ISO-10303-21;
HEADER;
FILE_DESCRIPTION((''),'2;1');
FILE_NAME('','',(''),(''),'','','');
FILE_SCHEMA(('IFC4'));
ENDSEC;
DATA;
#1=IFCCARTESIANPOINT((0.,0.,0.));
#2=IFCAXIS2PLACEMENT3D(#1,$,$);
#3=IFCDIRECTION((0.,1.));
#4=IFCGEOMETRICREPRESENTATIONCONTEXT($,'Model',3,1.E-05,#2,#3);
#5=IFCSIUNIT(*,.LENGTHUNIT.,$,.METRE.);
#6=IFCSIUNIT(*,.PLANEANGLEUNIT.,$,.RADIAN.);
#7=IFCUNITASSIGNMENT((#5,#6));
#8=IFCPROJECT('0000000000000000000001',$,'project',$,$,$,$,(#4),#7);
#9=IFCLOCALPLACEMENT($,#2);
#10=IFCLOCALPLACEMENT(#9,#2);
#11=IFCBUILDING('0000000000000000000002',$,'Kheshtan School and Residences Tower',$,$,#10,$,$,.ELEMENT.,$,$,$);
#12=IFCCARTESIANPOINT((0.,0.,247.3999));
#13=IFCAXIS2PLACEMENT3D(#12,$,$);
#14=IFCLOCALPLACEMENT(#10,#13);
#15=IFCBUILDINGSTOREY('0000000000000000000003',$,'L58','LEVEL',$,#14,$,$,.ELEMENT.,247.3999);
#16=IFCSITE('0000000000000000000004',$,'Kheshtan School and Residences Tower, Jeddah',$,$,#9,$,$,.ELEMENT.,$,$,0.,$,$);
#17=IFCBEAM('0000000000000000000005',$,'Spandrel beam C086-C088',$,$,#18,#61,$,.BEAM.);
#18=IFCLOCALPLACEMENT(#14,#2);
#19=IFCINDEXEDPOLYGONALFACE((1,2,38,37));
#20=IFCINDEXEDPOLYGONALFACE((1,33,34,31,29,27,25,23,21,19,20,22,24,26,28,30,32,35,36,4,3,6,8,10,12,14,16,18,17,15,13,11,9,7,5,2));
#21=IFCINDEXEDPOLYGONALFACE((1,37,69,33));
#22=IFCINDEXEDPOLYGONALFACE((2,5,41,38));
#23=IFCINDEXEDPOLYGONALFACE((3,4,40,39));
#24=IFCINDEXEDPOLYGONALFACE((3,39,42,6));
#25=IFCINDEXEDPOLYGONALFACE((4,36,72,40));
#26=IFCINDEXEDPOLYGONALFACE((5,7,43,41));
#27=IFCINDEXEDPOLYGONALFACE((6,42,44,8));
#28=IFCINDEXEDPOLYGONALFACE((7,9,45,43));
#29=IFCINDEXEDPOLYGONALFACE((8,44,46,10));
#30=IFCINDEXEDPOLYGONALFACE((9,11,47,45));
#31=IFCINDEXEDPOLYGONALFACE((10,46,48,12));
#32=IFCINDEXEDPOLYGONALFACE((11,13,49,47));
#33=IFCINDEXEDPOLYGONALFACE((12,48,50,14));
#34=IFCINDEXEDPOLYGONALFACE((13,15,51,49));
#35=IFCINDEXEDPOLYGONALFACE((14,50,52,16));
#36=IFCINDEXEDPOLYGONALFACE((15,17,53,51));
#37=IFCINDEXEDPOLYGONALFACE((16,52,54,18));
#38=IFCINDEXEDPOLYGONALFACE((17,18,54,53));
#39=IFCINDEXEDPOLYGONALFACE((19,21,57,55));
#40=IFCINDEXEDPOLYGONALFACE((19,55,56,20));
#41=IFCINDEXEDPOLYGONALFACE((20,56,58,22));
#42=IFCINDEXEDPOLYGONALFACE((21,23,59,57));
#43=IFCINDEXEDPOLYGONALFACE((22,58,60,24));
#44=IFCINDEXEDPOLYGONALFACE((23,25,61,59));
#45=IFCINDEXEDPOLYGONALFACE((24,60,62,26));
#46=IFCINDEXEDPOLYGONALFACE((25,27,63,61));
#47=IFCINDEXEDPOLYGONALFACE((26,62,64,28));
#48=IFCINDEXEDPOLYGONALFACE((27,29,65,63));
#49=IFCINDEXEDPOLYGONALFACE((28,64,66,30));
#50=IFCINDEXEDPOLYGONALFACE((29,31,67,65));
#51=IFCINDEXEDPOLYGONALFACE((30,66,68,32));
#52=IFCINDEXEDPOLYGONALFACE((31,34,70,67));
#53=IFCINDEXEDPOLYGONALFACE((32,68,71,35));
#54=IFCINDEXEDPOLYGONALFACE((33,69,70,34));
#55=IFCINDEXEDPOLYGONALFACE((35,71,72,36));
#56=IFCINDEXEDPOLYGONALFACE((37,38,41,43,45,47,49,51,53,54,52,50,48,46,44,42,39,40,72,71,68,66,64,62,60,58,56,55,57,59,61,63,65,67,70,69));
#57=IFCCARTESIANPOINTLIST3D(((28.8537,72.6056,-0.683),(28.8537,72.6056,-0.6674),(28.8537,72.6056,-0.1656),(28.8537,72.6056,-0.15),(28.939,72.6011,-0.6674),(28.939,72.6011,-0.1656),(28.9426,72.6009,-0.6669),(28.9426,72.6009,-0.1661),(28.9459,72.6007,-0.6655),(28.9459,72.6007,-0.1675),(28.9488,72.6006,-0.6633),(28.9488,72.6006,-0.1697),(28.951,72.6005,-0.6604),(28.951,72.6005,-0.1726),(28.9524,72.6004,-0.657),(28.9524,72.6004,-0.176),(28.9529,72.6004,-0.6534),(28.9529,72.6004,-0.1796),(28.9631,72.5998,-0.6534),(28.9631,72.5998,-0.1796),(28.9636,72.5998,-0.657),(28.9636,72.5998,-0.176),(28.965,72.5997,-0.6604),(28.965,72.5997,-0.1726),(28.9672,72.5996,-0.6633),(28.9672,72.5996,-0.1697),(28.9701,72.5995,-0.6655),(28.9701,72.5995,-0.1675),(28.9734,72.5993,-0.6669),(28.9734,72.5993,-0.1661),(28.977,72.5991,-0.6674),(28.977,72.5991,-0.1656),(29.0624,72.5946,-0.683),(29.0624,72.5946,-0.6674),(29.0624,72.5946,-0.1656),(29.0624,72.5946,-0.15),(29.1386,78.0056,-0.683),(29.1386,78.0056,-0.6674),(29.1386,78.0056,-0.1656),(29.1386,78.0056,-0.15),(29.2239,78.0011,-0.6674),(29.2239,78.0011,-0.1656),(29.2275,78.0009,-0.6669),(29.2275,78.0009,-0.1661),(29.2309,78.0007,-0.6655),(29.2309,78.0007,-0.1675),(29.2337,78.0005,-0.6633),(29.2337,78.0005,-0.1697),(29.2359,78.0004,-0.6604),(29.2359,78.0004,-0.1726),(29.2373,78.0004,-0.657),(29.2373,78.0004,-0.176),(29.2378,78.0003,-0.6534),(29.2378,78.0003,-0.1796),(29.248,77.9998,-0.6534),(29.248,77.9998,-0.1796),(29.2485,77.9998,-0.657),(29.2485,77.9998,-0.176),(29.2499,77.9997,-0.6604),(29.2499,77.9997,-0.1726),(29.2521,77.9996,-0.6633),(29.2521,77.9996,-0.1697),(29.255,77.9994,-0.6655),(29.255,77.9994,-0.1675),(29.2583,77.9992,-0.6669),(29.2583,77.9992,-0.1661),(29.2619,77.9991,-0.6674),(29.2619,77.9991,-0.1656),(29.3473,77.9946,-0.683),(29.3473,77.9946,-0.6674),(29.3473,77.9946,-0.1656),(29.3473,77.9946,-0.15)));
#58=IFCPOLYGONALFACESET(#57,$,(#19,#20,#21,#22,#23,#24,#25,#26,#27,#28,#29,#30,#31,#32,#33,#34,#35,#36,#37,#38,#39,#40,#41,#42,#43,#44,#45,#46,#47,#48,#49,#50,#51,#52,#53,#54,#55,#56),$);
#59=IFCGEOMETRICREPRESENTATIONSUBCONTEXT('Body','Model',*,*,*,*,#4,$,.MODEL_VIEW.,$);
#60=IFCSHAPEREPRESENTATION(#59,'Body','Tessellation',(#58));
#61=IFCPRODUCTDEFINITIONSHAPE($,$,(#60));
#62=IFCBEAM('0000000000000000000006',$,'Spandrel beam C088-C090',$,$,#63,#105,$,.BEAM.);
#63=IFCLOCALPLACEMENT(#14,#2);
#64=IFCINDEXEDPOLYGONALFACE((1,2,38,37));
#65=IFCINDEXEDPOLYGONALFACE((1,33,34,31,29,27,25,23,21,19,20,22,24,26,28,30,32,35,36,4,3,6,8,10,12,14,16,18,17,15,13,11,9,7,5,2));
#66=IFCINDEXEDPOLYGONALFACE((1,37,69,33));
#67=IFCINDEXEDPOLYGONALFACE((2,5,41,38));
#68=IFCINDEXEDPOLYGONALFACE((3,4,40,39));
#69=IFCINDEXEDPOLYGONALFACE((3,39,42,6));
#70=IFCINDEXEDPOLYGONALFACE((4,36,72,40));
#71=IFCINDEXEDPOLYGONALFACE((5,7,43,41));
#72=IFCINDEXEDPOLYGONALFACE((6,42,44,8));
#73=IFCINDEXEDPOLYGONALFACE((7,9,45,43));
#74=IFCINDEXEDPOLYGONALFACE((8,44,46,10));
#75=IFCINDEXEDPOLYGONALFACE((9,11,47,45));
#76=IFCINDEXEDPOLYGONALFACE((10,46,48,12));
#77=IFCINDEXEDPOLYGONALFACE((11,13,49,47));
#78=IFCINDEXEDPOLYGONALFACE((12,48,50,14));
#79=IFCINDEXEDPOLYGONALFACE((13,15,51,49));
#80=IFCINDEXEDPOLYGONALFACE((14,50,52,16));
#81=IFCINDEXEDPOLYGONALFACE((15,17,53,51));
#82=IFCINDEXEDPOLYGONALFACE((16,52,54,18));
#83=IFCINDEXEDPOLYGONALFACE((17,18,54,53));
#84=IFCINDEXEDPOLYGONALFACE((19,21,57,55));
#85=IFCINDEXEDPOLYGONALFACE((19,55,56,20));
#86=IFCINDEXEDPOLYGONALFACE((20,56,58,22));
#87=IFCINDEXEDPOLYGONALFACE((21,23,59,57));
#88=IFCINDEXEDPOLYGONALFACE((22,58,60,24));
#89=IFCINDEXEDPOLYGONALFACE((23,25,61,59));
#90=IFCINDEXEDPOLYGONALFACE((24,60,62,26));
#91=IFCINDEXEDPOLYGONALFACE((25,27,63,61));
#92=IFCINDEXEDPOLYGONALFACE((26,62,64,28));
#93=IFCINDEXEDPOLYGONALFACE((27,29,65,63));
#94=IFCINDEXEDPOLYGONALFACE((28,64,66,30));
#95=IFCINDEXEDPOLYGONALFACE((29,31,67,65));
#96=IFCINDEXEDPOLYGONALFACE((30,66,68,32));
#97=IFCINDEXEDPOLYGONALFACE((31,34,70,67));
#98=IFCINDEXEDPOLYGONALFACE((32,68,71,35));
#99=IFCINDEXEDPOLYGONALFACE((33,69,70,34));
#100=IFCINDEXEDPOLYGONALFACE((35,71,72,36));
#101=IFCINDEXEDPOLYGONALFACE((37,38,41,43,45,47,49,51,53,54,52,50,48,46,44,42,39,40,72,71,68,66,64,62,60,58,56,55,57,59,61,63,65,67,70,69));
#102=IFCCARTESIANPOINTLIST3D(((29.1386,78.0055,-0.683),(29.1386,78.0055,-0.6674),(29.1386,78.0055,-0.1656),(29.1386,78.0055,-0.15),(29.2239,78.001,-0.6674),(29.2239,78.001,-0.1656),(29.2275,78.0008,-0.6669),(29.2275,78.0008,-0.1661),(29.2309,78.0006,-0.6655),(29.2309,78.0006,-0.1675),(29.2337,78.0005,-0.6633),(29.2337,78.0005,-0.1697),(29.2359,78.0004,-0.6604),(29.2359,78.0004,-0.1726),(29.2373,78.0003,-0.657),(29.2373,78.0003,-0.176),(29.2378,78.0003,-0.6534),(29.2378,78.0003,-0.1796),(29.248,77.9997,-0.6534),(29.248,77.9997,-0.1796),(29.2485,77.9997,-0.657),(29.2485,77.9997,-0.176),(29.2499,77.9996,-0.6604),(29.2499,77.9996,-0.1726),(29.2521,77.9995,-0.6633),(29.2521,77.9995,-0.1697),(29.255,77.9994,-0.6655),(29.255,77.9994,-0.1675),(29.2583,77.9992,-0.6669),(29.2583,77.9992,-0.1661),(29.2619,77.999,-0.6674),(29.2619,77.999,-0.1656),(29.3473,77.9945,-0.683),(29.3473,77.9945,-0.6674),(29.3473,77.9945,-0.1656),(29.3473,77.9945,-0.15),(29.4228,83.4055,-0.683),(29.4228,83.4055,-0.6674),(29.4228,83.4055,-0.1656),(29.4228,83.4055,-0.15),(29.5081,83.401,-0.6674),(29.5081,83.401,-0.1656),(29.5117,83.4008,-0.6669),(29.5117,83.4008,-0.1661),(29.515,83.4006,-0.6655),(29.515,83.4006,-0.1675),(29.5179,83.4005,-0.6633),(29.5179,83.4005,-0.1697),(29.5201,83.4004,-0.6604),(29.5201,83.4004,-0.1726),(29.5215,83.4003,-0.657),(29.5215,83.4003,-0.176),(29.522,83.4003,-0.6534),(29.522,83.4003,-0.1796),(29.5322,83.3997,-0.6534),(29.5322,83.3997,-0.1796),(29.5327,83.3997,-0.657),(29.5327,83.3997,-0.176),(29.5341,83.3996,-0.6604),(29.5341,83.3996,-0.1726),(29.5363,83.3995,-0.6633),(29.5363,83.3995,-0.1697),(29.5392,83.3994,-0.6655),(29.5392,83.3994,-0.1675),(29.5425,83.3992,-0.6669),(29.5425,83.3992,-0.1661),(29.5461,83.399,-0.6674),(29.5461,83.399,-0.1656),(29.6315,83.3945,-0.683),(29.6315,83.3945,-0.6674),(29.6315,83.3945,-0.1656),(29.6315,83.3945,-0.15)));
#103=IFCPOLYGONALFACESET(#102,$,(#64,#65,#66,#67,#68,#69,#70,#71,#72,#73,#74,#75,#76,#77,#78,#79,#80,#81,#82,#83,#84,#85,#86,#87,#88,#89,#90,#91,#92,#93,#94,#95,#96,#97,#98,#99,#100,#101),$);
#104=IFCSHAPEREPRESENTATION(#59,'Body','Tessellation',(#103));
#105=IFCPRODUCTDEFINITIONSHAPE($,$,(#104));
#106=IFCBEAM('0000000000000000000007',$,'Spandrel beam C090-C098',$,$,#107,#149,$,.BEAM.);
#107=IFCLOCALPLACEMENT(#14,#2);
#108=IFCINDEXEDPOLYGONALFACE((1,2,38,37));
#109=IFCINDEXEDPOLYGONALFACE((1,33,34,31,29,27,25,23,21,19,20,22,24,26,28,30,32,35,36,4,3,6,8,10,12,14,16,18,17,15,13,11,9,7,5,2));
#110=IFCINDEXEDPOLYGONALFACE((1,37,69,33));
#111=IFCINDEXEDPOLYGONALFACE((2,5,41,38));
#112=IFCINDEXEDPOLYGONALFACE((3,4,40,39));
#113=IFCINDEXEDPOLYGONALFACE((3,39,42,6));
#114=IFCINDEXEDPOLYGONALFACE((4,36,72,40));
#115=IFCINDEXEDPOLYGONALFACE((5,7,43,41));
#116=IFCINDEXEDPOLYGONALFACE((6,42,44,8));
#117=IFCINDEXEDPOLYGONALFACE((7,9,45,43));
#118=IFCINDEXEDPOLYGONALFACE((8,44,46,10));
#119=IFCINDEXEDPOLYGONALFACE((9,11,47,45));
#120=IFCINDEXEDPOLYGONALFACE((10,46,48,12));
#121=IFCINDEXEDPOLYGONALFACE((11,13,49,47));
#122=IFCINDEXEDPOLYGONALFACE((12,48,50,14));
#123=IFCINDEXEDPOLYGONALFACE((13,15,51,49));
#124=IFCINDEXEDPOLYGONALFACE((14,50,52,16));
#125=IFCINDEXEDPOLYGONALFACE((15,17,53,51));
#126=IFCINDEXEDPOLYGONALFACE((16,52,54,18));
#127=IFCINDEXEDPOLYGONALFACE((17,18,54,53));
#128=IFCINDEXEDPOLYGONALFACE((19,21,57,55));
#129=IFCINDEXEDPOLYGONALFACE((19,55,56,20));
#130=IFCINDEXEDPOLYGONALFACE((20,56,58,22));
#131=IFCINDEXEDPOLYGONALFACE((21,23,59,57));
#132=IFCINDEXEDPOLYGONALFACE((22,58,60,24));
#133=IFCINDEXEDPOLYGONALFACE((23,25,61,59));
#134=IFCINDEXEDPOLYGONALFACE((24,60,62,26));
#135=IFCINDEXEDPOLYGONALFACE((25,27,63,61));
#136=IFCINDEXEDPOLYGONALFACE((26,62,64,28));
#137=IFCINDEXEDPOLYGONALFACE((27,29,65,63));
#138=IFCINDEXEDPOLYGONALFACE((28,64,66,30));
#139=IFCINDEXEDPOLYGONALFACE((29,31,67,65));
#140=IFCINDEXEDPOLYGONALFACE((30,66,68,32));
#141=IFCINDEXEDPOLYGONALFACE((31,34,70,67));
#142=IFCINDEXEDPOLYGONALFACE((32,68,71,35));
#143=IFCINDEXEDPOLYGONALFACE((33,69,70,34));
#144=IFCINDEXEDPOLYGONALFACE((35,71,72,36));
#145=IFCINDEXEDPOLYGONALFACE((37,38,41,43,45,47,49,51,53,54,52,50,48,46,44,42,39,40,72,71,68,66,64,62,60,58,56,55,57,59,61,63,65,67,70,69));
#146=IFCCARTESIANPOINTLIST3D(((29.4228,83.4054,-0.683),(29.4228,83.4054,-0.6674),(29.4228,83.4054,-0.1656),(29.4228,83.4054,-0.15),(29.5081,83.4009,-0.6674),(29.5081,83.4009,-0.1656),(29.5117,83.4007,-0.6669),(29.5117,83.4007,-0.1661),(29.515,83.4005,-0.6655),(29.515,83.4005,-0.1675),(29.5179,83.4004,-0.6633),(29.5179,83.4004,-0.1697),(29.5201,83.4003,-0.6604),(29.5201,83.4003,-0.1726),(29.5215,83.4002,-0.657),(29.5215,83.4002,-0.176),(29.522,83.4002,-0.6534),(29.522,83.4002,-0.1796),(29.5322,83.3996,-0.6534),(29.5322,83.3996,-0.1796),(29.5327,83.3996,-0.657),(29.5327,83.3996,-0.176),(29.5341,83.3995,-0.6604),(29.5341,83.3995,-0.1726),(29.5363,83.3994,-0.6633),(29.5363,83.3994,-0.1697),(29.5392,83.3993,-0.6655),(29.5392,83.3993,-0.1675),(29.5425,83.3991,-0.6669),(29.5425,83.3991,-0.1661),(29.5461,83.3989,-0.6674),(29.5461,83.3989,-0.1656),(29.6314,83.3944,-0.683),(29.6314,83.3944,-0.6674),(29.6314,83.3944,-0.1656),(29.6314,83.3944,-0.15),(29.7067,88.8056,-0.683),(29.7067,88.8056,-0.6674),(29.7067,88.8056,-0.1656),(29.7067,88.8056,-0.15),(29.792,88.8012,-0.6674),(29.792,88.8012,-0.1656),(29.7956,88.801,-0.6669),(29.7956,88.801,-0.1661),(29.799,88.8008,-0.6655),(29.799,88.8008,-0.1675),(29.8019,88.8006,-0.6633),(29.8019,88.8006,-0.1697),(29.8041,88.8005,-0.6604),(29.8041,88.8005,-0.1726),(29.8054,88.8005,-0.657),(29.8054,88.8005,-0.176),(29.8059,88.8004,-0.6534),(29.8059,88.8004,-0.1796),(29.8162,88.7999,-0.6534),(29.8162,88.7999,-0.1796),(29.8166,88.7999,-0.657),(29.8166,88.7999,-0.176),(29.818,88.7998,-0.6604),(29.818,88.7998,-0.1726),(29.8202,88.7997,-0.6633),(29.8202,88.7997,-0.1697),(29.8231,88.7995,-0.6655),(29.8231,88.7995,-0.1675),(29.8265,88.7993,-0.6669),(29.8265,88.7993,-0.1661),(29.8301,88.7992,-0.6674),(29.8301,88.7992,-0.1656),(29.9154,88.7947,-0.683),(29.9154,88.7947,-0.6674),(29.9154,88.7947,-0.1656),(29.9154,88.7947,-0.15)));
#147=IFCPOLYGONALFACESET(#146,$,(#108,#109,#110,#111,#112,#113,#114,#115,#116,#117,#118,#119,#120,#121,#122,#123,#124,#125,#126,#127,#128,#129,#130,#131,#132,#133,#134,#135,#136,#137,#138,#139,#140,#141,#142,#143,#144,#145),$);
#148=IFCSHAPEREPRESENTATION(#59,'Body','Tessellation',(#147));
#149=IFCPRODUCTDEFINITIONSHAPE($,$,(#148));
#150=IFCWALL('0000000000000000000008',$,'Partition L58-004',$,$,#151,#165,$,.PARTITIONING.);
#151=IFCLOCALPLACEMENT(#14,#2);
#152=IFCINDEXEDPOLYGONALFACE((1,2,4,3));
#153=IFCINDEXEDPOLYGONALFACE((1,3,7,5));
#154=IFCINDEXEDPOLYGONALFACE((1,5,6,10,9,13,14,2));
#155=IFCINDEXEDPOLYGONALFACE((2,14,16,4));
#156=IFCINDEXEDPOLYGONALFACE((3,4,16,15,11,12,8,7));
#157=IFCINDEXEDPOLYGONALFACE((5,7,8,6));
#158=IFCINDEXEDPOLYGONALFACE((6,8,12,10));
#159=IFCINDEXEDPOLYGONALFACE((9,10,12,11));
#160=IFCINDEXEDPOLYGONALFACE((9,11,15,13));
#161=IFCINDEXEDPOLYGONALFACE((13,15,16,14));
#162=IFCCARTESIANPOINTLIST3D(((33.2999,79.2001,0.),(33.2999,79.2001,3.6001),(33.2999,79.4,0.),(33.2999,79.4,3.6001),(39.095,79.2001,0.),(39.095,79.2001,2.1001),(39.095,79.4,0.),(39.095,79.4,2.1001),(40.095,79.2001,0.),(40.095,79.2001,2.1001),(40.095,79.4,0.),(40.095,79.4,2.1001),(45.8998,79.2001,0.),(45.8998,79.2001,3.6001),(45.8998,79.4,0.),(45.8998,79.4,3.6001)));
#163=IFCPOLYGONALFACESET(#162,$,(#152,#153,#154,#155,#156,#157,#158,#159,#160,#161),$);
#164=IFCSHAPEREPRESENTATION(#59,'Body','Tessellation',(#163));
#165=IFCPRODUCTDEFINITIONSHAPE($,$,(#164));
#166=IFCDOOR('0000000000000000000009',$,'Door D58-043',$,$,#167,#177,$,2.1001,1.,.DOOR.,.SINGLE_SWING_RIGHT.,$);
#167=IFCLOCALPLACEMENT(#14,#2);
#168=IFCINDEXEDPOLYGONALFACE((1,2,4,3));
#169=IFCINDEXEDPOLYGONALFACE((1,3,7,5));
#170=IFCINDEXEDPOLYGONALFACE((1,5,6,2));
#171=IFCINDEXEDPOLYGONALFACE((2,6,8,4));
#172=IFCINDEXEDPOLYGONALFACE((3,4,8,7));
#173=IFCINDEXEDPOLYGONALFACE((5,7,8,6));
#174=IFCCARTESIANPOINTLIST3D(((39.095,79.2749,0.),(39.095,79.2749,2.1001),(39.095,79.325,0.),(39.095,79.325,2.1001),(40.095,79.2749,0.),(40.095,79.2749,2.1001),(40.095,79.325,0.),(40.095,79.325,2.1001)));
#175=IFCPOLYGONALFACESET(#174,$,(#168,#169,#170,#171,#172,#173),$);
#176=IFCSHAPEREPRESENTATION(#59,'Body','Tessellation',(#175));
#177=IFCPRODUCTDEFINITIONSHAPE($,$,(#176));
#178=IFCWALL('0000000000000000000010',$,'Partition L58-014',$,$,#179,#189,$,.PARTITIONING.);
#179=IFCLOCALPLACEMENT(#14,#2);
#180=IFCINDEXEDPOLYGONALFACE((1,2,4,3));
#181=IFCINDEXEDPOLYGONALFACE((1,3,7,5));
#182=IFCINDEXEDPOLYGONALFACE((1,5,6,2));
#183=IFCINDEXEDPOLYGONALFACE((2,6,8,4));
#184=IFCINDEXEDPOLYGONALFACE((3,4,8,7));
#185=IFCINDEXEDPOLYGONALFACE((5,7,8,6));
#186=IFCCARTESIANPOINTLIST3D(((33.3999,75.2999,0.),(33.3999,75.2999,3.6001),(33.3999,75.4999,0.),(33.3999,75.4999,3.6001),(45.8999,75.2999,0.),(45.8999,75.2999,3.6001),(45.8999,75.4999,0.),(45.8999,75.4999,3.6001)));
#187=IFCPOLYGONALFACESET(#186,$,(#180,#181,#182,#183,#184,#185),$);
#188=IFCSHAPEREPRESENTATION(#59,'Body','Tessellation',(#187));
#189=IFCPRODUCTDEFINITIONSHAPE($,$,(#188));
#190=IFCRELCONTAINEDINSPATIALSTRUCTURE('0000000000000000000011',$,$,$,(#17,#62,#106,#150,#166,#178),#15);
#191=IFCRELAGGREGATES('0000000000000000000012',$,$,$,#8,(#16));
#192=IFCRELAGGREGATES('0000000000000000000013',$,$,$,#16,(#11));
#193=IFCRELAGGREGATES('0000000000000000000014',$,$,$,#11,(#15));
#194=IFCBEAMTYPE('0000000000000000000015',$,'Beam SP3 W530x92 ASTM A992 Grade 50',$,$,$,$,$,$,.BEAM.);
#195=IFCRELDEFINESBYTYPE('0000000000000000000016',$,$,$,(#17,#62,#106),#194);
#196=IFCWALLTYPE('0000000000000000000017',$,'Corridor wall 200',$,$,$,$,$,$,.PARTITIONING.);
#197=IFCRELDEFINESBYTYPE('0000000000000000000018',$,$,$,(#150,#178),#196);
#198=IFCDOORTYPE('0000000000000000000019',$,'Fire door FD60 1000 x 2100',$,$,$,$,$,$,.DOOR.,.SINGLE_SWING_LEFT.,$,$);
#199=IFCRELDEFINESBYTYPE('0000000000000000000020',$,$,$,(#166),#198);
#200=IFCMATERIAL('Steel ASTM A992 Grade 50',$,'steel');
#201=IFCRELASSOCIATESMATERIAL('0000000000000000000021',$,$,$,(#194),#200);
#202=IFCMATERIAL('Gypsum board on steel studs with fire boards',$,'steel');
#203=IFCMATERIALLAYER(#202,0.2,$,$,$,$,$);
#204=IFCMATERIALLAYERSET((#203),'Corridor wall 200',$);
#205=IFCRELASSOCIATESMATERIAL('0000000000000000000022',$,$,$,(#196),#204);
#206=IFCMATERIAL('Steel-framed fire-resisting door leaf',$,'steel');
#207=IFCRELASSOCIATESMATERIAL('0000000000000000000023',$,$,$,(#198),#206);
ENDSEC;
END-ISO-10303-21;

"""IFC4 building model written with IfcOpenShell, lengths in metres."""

from ifc_helpers import new_model, si_unit, direction, frame, frame_2d, origin, origin_2d, place, context, subcontext, project, spatial, rectangle, i_section, extrude, source, transform, mapped, material, layer, layer_set, material_profile, profile_set, type_object, element, fill, save


model = new_model("IFC4")

# Units and contexts
model_context = context("Model", 3, precision=1e-05, world=origin(), true_north=direction((0.0, 1.0)))
body_context = subcontext(model_context, "Body", "Model", "MODEL_VIEW")
ifc_project = project(units=[si_unit("LENGTHUNIT", "METRE"), si_unit("PLANEANGLEUNIT", "RADIAN")], contexts=[model_context])

# Site, building, storey
site_placement = place(None, origin())
site = spatial("IfcSite", under=ifc_project, at=site_placement, Name="Kheshtan School and Residences Tower, Jeddah", CompositionType="ELEMENT", RefElevation=0.0)
building_placement = place(site_placement, origin())
building = spatial("IfcBuilding", under=site, at=building_placement, Name="Kheshtan School and Residences Tower", CompositionType="ELEMENT")
storey_placement = place(building_placement, frame((0.0, 0.0, 247.3999)))
storey = spatial("IfcBuildingStorey", under=building, at=storey_placement, Name="L58", Description="LEVEL", CompositionType="ELEMENT", Elevation=247.3999)

# Shared definitions
ifc_material_1 = material(Name="Steel ASTM A992 Grade 50", Category="steel")

# Beams
ifc_material_profile_1 = material_profile(ifc_material_1, i_section(OverallWidth=0.209, OverallDepth=0.533, WebThickness=0.0103, FlangeThickness=0.0156, FilletRadius=0.0139, at=origin_2d()), Name="W530x92")
ifc_profile_set_1 = profile_set([ifc_material_profile_1], Name="Steel ASTM A992 Grade 50")
beam_type_1 = type_object("IfcBeamType", Name="Beam SP3 W530x92 ASTM A992 Grade 50", PredefinedType="BEAM", material=ifc_profile_set_1)
for number, where, z_axis, x_axis, name in (
    (1, (28.958, 72.6001, -0.4165), (0.052689, 0.998611, 0.0), (-0.998611, 0.052689, 0.0), "Spandrel beam C086-C088"),
    (2, (29.2429, 78.0, -0.4165), (0.052554, 0.998618, 0.0), (-0.998618, 0.052554, 0.0), "Spandrel beam C088-C090"),
):
    element("IfcBeam", number, at=place(storey_placement, frame(where, z_axis=z_axis, x_axis=x_axis)), inside=storey, type_object=beam_type_1, Name=name, PredefinedType="BEAM", context=body_context, shape_type="SweptSolid", body=[
        extrude(i_section(OverallWidth=0.209, OverallDepth=0.533, WebThickness=0.0103, FlangeThickness=0.0156, FilletRadius=0.0139, at=origin_2d()), origin(), (0.0, 0.0, 1.0), 5.4075),
    ])
beam_1_placement = place(storey_placement, frame((29.5271, 83.3999, -0.4165), z_axis=(0.052507, 0.998621, 0.0), x_axis=(-0.998621, 0.052507, 0.0)))
element("IfcBeam", 3, at=beam_1_placement, inside=storey, type_object=beam_type_1, Name="Spandrel beam C090-C098", PredefinedType="BEAM", context=body_context, shape_type="SweptSolid", body=[
    extrude(i_section(OverallWidth=0.209, OverallDepth=0.533, WebThickness=0.0103, FlangeThickness=0.0156, FilletRadius=0.0139, at=origin_2d()), origin(), (0.0, 0.0, 1.0), 5.4077),
])

# Wall, opening, door
ifc_material_2 = material(Name="Gypsum board on steel studs with fire boards", Category="steel")
ifc_layer_1 = layer(ifc_material_2, 0.2)
ifc_layer_set_1 = layer_set([ifc_layer_1], Name="Corridor wall 200")
wall_type_1 = type_object("IfcWallType", Name="Corridor wall 200", PredefinedType="PARTITIONING", material=ifc_layer_set_1)
wall_1_placement = place(storey_placement, frame((33.3, 79.3, 0.0), z_axis=(0.0, 0.0, 1.0), x_axis=(1.0, 0.0, 0.0)))
wall_1 = element("IfcWall", 4, at=wall_1_placement, inside=storey, type_object=wall_type_1, Name="Partition L58-004", PredefinedType="PARTITIONING", context=body_context, shape_type="SweptSolid", body=[
    extrude(rectangle(XDim=12.5999, YDim=0.2, at=frame_2d((6.2998, 0.0))), origin(), (0.0, 0.0, 1.0), 3.6001),
])
opening_1_placement = place(wall_1_placement, frame((5.7949, 0.0, 0.0)))
opening_1 = element("IfcOpeningElement", 5, at=opening_1_placement, cuts=wall_1, PredefinedType="OPENING", context=body_context, shape_type="SweptSolid", body=[
    extrude(rectangle(XDim=1.0, YDim=2.1001, at=frame_2d((0.5, 1.05))), frame((0.0, 0.1099, 0.0), z_axis=(0.0, -1.0, 0.0), x_axis=(1.0, 0.0, 0.0)), (0.0, 0.0, 1.0), 0.22),
])
ifc_material_3 = material(Name="Steel-framed fire-resisting door leaf", Category="steel")
door_type_1 = type_object("IfcDoorType", Name="Fire door FD60 1000 x 2100", OperationType="SINGLE_SWING_LEFT", PredefinedType="DOOR", material=ifc_material_3)
shared_shape_1 = source(origin(), body_context, "Body", "SweptSolid", [
    extrude(rectangle(XDim=1.0, YDim=2.1001, at=frame_2d((0.5, 1.05))), frame((0.0, 0.0249, 0.0), z_axis=(0.0, -1.0, 0.0), x_axis=(1.0, 0.0, 0.0)), (0.0, 0.0, 1.0), 0.05),
])
door_1_placement = place(opening_1_placement, origin())
door_1 = element("IfcDoor", 6, at=door_1_placement, inside=storey, type_object=door_type_1, Name="Door D58-043", OperationType="SINGLE_SWING_RIGHT", OverallHeight=2.1001, OverallWidth=1.0, PredefinedType="DOOR", context=body_context, shape_type="MappedRepresentation", body=[
    mapped(shared_shape_1, transform((0.0, 0.0, 0.0), x_axis=(1.0, 0.0, 0.0), y_axis=(0.0, 1.0, 0.0), z_axis=(0.0, 0.0, 1.0), scale=1.0)),
])
fill(opening_1, door_1)

# Wall
wall_2_placement = place(storey_placement, frame((33.3999, 75.3999, 0.0), z_axis=(0.0, 0.0, 1.0), x_axis=(1.0, 0.0, 0.0)))
element("IfcWall", 7, at=wall_2_placement, inside=storey, type_object=wall_type_1, Name="Partition L58-014", PredefinedType="PARTITIONING", context=body_context, shape_type="SweptSolid", body=[
    extrude(rectangle(XDim=12.5, YDim=0.2, at=frame_2d((6.25, 0.0))), origin(), (0.0, 0.0, 1.0), 3.6001),
])

save(model, "model.ifc")
